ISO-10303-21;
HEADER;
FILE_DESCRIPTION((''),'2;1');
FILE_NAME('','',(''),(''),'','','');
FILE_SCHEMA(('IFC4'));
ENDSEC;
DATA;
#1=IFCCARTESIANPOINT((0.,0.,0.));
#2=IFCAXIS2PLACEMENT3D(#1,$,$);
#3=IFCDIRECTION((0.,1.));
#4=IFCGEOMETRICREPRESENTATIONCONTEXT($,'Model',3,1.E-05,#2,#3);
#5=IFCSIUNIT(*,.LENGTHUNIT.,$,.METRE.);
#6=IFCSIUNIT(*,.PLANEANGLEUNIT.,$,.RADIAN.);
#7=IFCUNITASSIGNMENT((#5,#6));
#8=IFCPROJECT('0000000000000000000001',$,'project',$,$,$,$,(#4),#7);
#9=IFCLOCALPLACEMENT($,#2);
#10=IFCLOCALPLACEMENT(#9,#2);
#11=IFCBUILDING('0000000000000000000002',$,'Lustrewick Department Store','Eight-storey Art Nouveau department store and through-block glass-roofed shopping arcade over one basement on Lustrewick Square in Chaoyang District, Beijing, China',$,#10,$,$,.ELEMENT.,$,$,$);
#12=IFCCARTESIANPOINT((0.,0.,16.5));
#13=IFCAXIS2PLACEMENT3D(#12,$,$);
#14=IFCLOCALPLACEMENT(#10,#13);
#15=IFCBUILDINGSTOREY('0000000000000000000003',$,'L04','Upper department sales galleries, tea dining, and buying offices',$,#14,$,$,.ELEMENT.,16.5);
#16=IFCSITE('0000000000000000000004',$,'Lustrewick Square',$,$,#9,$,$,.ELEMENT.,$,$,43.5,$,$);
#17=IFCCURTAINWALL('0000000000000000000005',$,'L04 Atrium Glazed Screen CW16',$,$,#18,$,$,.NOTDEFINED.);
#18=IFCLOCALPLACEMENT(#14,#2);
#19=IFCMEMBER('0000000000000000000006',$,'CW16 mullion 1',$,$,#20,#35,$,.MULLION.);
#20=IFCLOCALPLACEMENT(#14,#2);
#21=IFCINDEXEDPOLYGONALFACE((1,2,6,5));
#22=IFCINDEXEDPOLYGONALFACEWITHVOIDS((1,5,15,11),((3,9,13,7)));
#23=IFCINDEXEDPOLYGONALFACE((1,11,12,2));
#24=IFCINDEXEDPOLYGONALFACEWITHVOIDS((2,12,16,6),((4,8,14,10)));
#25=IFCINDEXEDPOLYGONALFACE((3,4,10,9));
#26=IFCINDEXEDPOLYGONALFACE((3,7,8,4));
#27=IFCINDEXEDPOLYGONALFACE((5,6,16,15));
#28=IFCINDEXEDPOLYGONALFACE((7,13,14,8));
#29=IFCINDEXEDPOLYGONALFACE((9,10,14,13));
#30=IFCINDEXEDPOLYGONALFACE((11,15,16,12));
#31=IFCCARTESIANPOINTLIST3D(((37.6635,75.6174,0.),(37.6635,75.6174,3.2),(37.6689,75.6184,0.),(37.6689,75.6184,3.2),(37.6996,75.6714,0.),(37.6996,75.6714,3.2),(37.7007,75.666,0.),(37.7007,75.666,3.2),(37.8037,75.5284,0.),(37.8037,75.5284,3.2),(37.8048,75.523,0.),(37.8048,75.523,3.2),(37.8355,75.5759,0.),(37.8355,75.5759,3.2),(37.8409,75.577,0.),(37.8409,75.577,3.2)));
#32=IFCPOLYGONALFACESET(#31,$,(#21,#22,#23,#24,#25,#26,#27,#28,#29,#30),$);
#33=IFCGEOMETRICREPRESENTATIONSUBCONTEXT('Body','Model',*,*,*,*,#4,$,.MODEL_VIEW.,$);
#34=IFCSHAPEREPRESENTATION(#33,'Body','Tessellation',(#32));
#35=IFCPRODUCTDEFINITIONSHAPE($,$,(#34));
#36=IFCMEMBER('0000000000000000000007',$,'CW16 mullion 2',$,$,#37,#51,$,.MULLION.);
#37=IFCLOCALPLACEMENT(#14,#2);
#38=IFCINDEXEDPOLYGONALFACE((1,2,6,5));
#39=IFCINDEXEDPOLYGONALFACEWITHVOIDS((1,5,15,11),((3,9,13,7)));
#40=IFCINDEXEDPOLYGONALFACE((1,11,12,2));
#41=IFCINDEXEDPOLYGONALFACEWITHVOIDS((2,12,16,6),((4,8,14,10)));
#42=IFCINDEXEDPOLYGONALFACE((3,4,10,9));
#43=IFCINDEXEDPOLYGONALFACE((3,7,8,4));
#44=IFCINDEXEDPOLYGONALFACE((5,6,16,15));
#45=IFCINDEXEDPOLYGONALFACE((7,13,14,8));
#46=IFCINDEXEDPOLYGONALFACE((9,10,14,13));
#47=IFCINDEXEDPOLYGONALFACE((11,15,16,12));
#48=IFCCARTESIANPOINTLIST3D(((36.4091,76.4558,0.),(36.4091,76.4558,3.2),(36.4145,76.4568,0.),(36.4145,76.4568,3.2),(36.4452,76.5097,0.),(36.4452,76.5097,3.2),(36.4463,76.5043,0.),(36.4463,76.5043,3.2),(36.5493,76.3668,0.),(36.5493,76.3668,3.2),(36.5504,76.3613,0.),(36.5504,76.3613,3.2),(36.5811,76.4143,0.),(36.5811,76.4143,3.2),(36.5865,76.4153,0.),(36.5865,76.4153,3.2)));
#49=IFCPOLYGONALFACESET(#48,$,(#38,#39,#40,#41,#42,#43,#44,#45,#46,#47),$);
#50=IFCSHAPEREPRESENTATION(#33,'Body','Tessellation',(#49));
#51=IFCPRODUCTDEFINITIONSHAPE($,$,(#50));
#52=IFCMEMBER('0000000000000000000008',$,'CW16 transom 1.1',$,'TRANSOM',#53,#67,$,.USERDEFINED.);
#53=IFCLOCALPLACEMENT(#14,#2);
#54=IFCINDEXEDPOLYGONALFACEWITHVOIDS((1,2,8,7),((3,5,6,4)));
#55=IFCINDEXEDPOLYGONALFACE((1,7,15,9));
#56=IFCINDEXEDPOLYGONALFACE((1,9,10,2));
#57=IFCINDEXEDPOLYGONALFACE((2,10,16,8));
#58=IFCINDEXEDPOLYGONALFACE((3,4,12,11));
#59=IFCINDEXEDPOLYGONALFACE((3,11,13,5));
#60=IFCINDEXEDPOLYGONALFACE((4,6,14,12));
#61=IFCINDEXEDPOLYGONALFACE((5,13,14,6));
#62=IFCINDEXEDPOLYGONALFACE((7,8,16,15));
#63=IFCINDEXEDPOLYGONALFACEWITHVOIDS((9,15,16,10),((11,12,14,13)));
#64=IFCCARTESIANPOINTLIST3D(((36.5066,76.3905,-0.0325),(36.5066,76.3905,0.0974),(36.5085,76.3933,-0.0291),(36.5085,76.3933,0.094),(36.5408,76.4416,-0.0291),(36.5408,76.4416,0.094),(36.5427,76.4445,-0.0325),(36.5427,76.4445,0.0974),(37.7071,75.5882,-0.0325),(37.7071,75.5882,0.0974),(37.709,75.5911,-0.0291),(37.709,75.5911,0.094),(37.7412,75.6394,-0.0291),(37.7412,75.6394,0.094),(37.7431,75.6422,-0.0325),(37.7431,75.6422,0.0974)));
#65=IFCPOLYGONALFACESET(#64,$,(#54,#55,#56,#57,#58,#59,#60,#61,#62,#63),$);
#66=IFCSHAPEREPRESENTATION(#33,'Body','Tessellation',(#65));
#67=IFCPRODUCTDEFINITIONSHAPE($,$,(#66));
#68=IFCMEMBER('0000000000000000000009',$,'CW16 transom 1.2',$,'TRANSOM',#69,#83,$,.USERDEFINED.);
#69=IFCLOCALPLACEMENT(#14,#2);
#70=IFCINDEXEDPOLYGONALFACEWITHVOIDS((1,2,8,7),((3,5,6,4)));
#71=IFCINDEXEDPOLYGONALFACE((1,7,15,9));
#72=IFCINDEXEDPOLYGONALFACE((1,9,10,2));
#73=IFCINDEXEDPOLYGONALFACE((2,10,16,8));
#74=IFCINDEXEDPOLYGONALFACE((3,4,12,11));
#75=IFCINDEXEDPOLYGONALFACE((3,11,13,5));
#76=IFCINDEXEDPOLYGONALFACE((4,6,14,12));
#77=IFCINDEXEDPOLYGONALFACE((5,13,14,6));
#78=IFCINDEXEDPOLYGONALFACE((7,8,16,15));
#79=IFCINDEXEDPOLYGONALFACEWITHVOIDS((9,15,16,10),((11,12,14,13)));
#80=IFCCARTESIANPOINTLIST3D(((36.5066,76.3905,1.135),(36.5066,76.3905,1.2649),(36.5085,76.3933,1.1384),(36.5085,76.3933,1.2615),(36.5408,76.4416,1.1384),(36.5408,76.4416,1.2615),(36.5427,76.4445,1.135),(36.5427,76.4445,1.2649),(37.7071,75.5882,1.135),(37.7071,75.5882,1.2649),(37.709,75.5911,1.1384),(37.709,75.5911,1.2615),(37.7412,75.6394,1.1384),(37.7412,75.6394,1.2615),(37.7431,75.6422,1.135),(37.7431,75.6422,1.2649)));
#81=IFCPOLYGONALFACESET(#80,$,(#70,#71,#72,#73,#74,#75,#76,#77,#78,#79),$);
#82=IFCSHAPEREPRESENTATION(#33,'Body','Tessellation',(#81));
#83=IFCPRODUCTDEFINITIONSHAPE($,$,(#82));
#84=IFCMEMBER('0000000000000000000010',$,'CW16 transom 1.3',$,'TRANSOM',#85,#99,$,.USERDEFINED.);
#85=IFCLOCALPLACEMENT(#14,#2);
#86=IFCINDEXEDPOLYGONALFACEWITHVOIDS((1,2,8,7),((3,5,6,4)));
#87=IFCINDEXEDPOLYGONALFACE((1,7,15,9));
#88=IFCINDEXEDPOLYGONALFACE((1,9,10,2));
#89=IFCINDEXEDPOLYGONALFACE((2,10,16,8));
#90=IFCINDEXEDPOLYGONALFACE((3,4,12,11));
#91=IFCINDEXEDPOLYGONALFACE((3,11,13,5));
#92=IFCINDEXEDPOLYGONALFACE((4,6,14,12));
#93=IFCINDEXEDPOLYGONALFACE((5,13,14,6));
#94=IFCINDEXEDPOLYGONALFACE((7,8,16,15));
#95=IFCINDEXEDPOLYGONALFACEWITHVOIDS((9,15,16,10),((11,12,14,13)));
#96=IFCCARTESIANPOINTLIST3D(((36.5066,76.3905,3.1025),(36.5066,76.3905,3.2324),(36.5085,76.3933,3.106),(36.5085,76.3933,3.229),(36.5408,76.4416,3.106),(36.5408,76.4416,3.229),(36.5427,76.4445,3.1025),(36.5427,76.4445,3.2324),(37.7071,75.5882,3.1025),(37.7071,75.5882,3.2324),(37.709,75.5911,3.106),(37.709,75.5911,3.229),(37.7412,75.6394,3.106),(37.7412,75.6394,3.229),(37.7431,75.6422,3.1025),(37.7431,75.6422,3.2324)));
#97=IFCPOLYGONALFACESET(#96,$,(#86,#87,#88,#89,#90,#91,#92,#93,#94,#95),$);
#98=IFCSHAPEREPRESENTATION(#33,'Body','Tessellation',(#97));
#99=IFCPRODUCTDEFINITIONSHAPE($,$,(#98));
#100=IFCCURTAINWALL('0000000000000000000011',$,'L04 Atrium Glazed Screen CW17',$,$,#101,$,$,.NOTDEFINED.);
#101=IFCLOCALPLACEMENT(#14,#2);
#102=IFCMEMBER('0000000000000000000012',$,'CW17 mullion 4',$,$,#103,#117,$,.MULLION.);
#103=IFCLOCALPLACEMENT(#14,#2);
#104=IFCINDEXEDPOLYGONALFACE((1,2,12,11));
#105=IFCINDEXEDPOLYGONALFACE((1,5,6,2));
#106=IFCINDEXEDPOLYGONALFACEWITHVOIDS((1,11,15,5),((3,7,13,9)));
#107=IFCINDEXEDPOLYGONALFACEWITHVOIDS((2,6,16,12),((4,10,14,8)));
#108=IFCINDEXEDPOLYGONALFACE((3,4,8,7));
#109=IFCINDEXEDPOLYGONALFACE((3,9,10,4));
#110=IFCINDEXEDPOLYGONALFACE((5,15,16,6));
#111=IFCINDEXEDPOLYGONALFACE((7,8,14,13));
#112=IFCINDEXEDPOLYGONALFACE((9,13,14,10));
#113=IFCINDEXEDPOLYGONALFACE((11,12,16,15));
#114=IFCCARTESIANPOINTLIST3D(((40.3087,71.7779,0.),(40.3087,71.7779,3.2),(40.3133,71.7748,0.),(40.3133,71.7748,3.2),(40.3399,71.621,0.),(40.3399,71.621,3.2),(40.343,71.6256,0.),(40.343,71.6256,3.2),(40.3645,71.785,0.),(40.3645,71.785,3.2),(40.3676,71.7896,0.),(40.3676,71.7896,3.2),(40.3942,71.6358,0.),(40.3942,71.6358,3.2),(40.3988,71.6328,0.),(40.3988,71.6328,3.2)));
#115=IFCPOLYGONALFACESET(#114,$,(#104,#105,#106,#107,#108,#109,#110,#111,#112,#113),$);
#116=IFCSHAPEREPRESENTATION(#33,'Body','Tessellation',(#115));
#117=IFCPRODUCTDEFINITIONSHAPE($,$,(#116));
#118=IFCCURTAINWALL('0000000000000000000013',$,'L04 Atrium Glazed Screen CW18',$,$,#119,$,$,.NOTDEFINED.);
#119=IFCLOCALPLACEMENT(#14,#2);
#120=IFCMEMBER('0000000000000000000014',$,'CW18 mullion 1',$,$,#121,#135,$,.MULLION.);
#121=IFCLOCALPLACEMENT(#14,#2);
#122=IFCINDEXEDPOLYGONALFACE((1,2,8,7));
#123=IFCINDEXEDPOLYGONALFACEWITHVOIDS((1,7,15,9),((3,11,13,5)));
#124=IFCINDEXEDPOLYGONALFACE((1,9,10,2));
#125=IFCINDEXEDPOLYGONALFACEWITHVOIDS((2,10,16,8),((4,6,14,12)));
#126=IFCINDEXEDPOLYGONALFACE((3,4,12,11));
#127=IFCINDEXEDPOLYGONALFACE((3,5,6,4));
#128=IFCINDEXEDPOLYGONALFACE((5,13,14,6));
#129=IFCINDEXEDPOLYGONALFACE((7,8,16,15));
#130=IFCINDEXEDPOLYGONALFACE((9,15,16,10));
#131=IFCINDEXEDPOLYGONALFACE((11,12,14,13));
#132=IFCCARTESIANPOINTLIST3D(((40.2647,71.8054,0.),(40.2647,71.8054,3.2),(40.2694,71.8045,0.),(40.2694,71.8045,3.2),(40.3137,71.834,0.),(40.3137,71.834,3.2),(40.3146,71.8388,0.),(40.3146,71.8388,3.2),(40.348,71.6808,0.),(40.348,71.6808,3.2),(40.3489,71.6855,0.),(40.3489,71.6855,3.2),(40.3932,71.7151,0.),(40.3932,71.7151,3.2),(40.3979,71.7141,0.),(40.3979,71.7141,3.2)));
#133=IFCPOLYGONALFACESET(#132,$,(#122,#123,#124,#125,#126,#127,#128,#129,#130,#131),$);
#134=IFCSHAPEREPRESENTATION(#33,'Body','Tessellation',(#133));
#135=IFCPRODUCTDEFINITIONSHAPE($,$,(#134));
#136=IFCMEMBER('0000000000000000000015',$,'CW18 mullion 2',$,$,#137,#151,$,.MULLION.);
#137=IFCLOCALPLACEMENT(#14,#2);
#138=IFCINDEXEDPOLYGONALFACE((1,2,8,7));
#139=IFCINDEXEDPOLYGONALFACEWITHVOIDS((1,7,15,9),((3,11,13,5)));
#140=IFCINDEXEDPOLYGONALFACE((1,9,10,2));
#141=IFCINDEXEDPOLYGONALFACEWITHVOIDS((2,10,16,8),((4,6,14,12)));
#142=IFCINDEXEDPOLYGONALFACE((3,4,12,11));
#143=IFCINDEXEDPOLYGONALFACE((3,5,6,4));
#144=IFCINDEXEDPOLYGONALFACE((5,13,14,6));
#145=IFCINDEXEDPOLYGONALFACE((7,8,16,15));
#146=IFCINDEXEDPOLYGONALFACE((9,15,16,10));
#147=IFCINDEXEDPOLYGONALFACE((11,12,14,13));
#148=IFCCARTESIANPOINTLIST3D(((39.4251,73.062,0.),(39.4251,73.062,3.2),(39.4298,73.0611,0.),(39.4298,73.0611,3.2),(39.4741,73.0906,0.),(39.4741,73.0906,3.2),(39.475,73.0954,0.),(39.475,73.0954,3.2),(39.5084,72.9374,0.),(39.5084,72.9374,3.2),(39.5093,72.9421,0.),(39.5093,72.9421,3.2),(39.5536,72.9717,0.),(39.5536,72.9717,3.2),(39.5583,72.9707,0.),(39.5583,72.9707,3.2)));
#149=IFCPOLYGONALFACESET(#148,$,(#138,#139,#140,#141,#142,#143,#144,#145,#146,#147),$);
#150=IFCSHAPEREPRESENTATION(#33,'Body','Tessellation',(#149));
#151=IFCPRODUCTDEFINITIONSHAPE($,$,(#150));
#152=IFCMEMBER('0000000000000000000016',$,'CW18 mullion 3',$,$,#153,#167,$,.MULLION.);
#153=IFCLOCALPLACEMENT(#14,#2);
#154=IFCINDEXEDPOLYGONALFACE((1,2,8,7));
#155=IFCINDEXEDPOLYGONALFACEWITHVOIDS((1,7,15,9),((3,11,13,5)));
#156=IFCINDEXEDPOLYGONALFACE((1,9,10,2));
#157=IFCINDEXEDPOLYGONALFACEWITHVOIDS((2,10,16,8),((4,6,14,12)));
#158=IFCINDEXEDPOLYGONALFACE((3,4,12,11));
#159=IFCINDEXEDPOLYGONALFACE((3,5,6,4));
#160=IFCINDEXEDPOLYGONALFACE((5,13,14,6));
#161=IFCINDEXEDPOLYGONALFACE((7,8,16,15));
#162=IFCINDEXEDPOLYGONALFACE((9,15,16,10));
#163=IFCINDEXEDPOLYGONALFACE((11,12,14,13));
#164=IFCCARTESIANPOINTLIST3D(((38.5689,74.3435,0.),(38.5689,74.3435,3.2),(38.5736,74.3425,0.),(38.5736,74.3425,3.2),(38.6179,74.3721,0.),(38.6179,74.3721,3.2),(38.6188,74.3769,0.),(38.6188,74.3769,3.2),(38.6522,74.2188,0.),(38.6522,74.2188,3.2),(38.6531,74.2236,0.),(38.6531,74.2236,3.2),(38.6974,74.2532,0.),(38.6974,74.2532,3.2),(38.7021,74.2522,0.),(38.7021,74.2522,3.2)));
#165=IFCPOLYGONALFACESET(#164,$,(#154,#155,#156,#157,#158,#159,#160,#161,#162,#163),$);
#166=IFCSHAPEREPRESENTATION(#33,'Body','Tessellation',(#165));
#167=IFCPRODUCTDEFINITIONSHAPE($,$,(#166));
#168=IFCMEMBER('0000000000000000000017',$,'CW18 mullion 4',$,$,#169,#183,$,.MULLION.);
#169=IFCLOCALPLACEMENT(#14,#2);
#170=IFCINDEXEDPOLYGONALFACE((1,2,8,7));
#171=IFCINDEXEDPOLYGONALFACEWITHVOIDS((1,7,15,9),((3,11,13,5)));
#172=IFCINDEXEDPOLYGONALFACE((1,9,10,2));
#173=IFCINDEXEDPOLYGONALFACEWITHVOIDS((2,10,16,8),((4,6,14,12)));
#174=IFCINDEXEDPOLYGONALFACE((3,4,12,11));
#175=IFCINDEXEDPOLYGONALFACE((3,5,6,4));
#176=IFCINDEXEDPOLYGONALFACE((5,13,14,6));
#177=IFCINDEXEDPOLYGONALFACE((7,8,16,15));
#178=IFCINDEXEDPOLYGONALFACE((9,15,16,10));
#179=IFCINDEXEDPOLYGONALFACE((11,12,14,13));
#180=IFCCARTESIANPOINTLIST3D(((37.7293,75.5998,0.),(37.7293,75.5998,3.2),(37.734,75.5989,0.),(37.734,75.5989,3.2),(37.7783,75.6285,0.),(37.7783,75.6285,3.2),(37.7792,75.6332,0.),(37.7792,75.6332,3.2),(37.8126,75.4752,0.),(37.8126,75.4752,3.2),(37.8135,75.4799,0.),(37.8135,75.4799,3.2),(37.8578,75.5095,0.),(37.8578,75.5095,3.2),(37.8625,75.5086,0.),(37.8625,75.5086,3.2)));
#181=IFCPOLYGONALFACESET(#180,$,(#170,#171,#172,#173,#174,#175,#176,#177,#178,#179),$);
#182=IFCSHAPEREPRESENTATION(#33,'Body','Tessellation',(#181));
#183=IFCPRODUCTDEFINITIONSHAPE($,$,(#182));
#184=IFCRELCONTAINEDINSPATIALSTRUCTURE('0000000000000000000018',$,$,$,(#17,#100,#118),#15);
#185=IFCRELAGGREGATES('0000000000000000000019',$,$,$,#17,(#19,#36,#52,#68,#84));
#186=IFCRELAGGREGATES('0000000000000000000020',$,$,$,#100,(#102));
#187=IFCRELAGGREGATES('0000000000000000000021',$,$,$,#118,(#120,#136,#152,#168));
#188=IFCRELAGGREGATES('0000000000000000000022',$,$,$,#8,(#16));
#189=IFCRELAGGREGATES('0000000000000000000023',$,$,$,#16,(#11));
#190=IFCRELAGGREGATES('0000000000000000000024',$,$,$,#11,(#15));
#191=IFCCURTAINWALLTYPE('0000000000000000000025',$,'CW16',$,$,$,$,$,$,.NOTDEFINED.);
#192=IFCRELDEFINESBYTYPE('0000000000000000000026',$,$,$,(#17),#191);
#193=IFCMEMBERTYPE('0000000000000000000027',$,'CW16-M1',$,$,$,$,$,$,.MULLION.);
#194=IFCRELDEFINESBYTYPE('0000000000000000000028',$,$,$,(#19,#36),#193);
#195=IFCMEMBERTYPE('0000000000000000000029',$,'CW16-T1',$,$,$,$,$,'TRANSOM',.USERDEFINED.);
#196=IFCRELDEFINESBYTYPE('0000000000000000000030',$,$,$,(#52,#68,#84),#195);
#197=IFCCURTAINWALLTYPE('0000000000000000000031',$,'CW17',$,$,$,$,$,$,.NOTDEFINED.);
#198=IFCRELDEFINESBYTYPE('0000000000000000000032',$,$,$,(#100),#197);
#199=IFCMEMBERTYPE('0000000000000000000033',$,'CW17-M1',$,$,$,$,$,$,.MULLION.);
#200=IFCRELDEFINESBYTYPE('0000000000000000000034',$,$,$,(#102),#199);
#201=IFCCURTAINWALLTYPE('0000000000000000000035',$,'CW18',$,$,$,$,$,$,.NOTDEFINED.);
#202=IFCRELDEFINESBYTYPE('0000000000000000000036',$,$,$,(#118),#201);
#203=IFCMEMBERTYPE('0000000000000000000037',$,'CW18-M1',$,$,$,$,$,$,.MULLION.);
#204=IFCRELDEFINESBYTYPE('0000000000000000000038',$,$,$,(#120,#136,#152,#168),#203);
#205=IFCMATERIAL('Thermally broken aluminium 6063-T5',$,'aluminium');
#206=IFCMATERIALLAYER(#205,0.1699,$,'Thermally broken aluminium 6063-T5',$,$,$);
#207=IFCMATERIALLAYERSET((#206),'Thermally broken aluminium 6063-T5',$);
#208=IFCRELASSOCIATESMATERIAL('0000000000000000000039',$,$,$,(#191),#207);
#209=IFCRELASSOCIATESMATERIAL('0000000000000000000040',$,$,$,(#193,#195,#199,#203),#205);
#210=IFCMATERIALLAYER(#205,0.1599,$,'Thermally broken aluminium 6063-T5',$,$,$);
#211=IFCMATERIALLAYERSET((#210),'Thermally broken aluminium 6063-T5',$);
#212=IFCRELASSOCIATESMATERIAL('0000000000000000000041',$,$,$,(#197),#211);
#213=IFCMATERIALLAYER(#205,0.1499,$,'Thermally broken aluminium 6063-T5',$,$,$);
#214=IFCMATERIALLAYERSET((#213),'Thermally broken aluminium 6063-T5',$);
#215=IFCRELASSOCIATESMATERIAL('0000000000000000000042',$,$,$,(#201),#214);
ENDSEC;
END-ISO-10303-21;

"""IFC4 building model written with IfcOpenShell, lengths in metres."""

from ifc_helpers import new_model, si_unit, direction, frame, origin, origin_2d, place, context, subcontext, project, spatial, hollow_rectangle, extrude, material, layer, layer_set, material_profile, profile_set, type_object, element, aggregate, save


model = new_model("IFC4")

# Units and contexts
model_context = context("Model", 3, precision=1e-05, world=origin(), true_north=direction((0.0, 1.0)))
body_context = subcontext(model_context, "Body", "Model", "MODEL_VIEW")
ifc_project = project(units=[si_unit("LENGTHUNIT", "METRE"), si_unit("PLANEANGLEUNIT", "RADIAN")], contexts=[model_context])

# Site, building, storey
site_placement = place(None, origin())
site = spatial("IfcSite", under=ifc_project, at=site_placement, Name="Lustrewick Square", CompositionType="ELEMENT", RefElevation=43.5)
building_placement = place(site_placement, origin())
building = spatial("IfcBuilding", under=site, at=building_placement, Name="Lustrewick Department Store", Description="Eight-storey Art Nouveau department store and through-block glass-roofed shopping arcade over one basement on Lustrewick Square in Chaoyang District, Beijing, China", CompositionType="ELEMENT")
storey_placement = place(building_placement, frame((0.0, 0.0, 16.5)))
storey = spatial("IfcBuildingStorey", under=building, at=storey_placement, Name="L04", Description="Upper department sales galleries, tea dining, and buying offices", CompositionType="ELEMENT", Elevation=16.5)

# Curtain wall, members
ifc_material_1 = material(Name="Thermally broken aluminium 6063-T5", Category="aluminium")
ifc_layer_1 = layer(ifc_material_1, 0.1699, Name="Thermally broken aluminium 6063-T5")
ifc_layer_set_1 = layer_set([ifc_layer_1], Name="Thermally broken aluminium 6063-T5")
curtain_wall_type_1 = type_object("IfcCurtainWallType", Name="CW16", PredefinedType="NOTDEFINED", material=ifc_layer_set_1)
curtain_wall_1_placement = place(storey_placement, origin())
curtain_wall_1 = element("IfcCurtainWall", 1, at=curtain_wall_1_placement, inside=storey, type_object=curtain_wall_type_1, Name="L04 Atrium Glazed Screen CW16", PredefinedType="NOTDEFINED")
ifc_material_profile_1 = material_profile(ifc_material_1, hollow_rectangle(XDim=0.0649, YDim=0.1699, WallThickness=0.0039, at=origin_2d()), Name="ALU-M 65x170x4")
ifc_profile_set_1 = profile_set([ifc_material_profile_1], Name="Thermally broken aluminium 6063-T5")
member_type_1 = type_object("IfcMemberType", Name="CW16-M1", PredefinedType="MULLION", material=ifc_profile_set_1)
member_1_placement = place(storey_placement, frame((37.7522, 75.5972, 0.0), z_axis=(0.0, 0.0, 1.0), x_axis=(-0.555578, -0.831464, 0.0)))
member_1 = element("IfcMember", 2, at=member_1_placement, type_object=member_type_1, Name="CW16 mullion 1", PredefinedType="MULLION", context=body_context, shape_type="SweptSolid", body=[
    extrude(hollow_rectangle(XDim=0.0649, YDim=0.1699, WallThickness=0.0039, at=origin_2d()), origin(), (0.0, 0.0, 1.0), 3.2),
])
member_2_placement = place(storey_placement, frame((36.4978, 76.4355, 0.0), z_axis=(0.0, 0.0, 1.0), x_axis=(-0.555578, -0.831464, 0.0)))
member_2 = element("IfcMember", 3, at=member_2_placement, type_object=member_type_1, Name="CW16 mullion 2", PredefinedType="MULLION", context=body_context, shape_type="SweptSolid", body=[
    extrude(hollow_rectangle(XDim=0.0649, YDim=0.1699, WallThickness=0.0039, at=origin_2d()), origin(), (0.0, 0.0, 1.0), 3.2),
])
ifc_material_profile_2 = material_profile(ifc_material_1, hollow_rectangle(XDim=0.0649, YDim=0.1299, WallThickness=0.0034, at=origin_2d()), Name="ALU-T 65x130x3.5")
ifc_profile_set_2 = profile_set([ifc_material_profile_2], Name="Thermally broken aluminium 6063-T5")
member_type_2 = type_object("IfcMemberType", Name="CW16-T1", ElementType="TRANSOM", PredefinedType="USERDEFINED", material=ifc_profile_set_2)
member_3_placement = place(storey_placement, frame((37.7251, 75.6152, 0.0325), z_axis=(-0.831425, 0.555636, 0.0), x_axis=(-0.555636, -0.831425, 0.0)))
member_3 = element("IfcMember", 4, at=member_3_placement, type_object=member_type_2, Name="CW16 transom 1.1", ObjectType="TRANSOM", PredefinedType="USERDEFINED", context=body_context, shape_type="SweptSolid", body=[
    extrude(hollow_rectangle(XDim=0.0649, YDim=0.1299, WallThickness=0.0034, at=origin_2d()), origin(), (0.0, 0.0, 1.0), 1.4438),
])
member_4_placement = place(storey_placement, frame((37.7251, 75.6152, 1.2), z_axis=(-0.831425, 0.555636, 0.0), x_axis=(-0.555636, -0.831425, 0.0)))
member_4 = element("IfcMember", 5, at=member_4_placement, type_object=member_type_2, Name="CW16 transom 1.2", ObjectType="TRANSOM", PredefinedType="USERDEFINED", context=body_context, shape_type="SweptSolid", body=[
    extrude(hollow_rectangle(XDim=0.0649, YDim=0.1299, WallThickness=0.0034, at=origin_2d()), origin(), (0.0, 0.0, 1.0), 1.4438),
])
member_5_placement = place(storey_placement, frame((37.7251, 75.6152, 3.1675), z_axis=(-0.831425, 0.555636, 0.0), x_axis=(-0.555636, -0.831425, 0.0)))
member_5 = element("IfcMember", 6, at=member_5_placement, type_object=member_type_2, Name="CW16 transom 1.3", ObjectType="TRANSOM", PredefinedType="USERDEFINED", context=body_context, shape_type="SweptSolid", body=[
    extrude(hollow_rectangle(XDim=0.0649, YDim=0.1299, WallThickness=0.0034, at=origin_2d()), origin(), (0.0, 0.0, 1.0), 1.4438),
])

# Curtain wall, member
ifc_layer_2 = layer(ifc_material_1, 0.1599, Name="Thermally broken aluminium 6063-T5")
ifc_layer_set_2 = layer_set([ifc_layer_2], Name="Thermally broken aluminium 6063-T5")
curtain_wall_type_2 = type_object("IfcCurtainWallType", Name="CW17", PredefinedType="NOTDEFINED", material=ifc_layer_set_2)
curtain_wall_2_placement = place(storey_placement, origin())
curtain_wall_2 = element("IfcCurtainWall", 7, at=curtain_wall_2_placement, inside=storey, type_object=curtain_wall_type_2, Name="L04 Atrium Glazed Screen CW17", PredefinedType="NOTDEFINED")
ifc_material_profile_3 = material_profile(ifc_material_1, hollow_rectangle(XDim=0.0601, YDim=0.1599, WallThickness=0.0039, at=origin_2d()), Name="ALU-M 60x160x4")
ifc_profile_set_3 = profile_set([ifc_material_profile_3], Name="Thermally broken aluminium 6063-T5")
member_type_3 = type_object("IfcMemberType", Name="CW17-M1", PredefinedType="MULLION", material=ifc_profile_set_3)
member_6_placement = place(storey_placement, frame((40.3538, 71.7053, 0.0), z_axis=(0.0, 0.0, 1.0), x_axis=(-0.980786, -0.195085, 0.0)))
member_6 = element("IfcMember", 8, at=member_6_placement, type_object=member_type_3, Name="CW17 mullion 4", PredefinedType="MULLION", context=body_context, shape_type="SweptSolid", body=[
    extrude(hollow_rectangle(XDim=0.0601, YDim=0.1599, WallThickness=0.0039, at=origin_2d()), origin(), (0.0, 0.0, 1.0), 3.2),
])

# Curtain wall, members
ifc_layer_3 = layer(ifc_material_1, 0.1499, Name="Thermally broken aluminium 6063-T5")
ifc_layer_set_3 = layer_set([ifc_layer_3], Name="Thermally broken aluminium 6063-T5")
curtain_wall_type_3 = type_object("IfcCurtainWallType", Name="CW18", PredefinedType="NOTDEFINED", material=ifc_layer_set_3)
curtain_wall_3_placement = place(storey_placement, origin())
curtain_wall_3 = element("IfcCurtainWall", 9, at=curtain_wall_3_placement, inside=storey, type_object=curtain_wall_type_3, Name="L04 Atrium Glazed Screen CW18", PredefinedType="NOTDEFINED")
ifc_material_profile_4 = material_profile(ifc_material_1, hollow_rectangle(XDim=0.0601, YDim=0.1499, WallThickness=0.0034, at=origin_2d()), Name="ALU-M 60x150x3.5")
ifc_profile_set_4 = profile_set([ifc_material_profile_4], Name="Thermally broken aluminium 6063-T5")
member_type_4 = type_object("IfcMemberType", Name="CW18-M1", PredefinedType="MULLION", material=ifc_profile_set_4)
member_7_placement = place(storey_placement, frame((40.3313, 71.7598, 0.0), z_axis=(0.0, 0.0, 1.0), x_axis=(-0.831464, -0.555578, 0.0)))
member_7 = element("IfcMember", 10, at=member_7_placement, type_object=member_type_4, Name="CW18 mullion 1", PredefinedType="MULLION", context=body_context, shape_type="SweptSolid", body=[
    extrude(hollow_rectangle(XDim=0.0601, YDim=0.1499, WallThickness=0.0034, at=origin_2d()), origin(), (0.0, 0.0, 1.0), 3.2),
])
member_8_placement = place(storey_placement, frame((39.4917, 73.0164, 0.0), z_axis=(0.0, 0.0, 1.0), x_axis=(-0.831464, -0.555578, 0.0)))
member_8 = element("IfcMember", 11, at=member_8_placement, type_object=member_type_4, Name="CW18 mullion 2", PredefinedType="MULLION", context=body_context, shape_type="SweptSolid", body=[
    extrude(hollow_rectangle(XDim=0.0601, YDim=0.1499, WallThickness=0.0034, at=origin_2d()), origin(), (0.0, 0.0, 1.0), 3.2),
])
member_9_placement = place(storey_placement, frame((38.6355, 74.2979, 0.0), z_axis=(0.0, 0.0, 1.0), x_axis=(-0.831464, -0.555578, 0.0)))
member_9 = element("IfcMember", 12, at=member_9_placement, type_object=member_type_4, Name="CW18 mullion 3", PredefinedType="MULLION", context=body_context, shape_type="SweptSolid", body=[
    extrude(hollow_rectangle(XDim=0.0601, YDim=0.1499, WallThickness=0.0034, at=origin_2d()), origin(), (0.0, 0.0, 1.0), 3.2),
])
member_10_placement = place(storey_placement, frame((37.7959, 75.5542, 0.0), z_axis=(0.0, 0.0, 1.0), x_axis=(-0.831464, -0.555578, 0.0)))
member_10 = element("IfcMember", 13, at=member_10_placement, type_object=member_type_4, Name="CW18 mullion 4", PredefinedType="MULLION", context=body_context, shape_type="SweptSolid", body=[
    extrude(hollow_rectangle(XDim=0.0601, YDim=0.1499, WallThickness=0.0034, at=origin_2d()), origin(), (0.0, 0.0, 1.0), 3.2),
])

aggregate(curtain_wall_1, [member_1, member_2, member_3, member_4, member_5])
aggregate(curtain_wall_2, [member_6])
aggregate(curtain_wall_3, [member_7, member_8, member_9, member_10])

save(model, "model.ifc")
